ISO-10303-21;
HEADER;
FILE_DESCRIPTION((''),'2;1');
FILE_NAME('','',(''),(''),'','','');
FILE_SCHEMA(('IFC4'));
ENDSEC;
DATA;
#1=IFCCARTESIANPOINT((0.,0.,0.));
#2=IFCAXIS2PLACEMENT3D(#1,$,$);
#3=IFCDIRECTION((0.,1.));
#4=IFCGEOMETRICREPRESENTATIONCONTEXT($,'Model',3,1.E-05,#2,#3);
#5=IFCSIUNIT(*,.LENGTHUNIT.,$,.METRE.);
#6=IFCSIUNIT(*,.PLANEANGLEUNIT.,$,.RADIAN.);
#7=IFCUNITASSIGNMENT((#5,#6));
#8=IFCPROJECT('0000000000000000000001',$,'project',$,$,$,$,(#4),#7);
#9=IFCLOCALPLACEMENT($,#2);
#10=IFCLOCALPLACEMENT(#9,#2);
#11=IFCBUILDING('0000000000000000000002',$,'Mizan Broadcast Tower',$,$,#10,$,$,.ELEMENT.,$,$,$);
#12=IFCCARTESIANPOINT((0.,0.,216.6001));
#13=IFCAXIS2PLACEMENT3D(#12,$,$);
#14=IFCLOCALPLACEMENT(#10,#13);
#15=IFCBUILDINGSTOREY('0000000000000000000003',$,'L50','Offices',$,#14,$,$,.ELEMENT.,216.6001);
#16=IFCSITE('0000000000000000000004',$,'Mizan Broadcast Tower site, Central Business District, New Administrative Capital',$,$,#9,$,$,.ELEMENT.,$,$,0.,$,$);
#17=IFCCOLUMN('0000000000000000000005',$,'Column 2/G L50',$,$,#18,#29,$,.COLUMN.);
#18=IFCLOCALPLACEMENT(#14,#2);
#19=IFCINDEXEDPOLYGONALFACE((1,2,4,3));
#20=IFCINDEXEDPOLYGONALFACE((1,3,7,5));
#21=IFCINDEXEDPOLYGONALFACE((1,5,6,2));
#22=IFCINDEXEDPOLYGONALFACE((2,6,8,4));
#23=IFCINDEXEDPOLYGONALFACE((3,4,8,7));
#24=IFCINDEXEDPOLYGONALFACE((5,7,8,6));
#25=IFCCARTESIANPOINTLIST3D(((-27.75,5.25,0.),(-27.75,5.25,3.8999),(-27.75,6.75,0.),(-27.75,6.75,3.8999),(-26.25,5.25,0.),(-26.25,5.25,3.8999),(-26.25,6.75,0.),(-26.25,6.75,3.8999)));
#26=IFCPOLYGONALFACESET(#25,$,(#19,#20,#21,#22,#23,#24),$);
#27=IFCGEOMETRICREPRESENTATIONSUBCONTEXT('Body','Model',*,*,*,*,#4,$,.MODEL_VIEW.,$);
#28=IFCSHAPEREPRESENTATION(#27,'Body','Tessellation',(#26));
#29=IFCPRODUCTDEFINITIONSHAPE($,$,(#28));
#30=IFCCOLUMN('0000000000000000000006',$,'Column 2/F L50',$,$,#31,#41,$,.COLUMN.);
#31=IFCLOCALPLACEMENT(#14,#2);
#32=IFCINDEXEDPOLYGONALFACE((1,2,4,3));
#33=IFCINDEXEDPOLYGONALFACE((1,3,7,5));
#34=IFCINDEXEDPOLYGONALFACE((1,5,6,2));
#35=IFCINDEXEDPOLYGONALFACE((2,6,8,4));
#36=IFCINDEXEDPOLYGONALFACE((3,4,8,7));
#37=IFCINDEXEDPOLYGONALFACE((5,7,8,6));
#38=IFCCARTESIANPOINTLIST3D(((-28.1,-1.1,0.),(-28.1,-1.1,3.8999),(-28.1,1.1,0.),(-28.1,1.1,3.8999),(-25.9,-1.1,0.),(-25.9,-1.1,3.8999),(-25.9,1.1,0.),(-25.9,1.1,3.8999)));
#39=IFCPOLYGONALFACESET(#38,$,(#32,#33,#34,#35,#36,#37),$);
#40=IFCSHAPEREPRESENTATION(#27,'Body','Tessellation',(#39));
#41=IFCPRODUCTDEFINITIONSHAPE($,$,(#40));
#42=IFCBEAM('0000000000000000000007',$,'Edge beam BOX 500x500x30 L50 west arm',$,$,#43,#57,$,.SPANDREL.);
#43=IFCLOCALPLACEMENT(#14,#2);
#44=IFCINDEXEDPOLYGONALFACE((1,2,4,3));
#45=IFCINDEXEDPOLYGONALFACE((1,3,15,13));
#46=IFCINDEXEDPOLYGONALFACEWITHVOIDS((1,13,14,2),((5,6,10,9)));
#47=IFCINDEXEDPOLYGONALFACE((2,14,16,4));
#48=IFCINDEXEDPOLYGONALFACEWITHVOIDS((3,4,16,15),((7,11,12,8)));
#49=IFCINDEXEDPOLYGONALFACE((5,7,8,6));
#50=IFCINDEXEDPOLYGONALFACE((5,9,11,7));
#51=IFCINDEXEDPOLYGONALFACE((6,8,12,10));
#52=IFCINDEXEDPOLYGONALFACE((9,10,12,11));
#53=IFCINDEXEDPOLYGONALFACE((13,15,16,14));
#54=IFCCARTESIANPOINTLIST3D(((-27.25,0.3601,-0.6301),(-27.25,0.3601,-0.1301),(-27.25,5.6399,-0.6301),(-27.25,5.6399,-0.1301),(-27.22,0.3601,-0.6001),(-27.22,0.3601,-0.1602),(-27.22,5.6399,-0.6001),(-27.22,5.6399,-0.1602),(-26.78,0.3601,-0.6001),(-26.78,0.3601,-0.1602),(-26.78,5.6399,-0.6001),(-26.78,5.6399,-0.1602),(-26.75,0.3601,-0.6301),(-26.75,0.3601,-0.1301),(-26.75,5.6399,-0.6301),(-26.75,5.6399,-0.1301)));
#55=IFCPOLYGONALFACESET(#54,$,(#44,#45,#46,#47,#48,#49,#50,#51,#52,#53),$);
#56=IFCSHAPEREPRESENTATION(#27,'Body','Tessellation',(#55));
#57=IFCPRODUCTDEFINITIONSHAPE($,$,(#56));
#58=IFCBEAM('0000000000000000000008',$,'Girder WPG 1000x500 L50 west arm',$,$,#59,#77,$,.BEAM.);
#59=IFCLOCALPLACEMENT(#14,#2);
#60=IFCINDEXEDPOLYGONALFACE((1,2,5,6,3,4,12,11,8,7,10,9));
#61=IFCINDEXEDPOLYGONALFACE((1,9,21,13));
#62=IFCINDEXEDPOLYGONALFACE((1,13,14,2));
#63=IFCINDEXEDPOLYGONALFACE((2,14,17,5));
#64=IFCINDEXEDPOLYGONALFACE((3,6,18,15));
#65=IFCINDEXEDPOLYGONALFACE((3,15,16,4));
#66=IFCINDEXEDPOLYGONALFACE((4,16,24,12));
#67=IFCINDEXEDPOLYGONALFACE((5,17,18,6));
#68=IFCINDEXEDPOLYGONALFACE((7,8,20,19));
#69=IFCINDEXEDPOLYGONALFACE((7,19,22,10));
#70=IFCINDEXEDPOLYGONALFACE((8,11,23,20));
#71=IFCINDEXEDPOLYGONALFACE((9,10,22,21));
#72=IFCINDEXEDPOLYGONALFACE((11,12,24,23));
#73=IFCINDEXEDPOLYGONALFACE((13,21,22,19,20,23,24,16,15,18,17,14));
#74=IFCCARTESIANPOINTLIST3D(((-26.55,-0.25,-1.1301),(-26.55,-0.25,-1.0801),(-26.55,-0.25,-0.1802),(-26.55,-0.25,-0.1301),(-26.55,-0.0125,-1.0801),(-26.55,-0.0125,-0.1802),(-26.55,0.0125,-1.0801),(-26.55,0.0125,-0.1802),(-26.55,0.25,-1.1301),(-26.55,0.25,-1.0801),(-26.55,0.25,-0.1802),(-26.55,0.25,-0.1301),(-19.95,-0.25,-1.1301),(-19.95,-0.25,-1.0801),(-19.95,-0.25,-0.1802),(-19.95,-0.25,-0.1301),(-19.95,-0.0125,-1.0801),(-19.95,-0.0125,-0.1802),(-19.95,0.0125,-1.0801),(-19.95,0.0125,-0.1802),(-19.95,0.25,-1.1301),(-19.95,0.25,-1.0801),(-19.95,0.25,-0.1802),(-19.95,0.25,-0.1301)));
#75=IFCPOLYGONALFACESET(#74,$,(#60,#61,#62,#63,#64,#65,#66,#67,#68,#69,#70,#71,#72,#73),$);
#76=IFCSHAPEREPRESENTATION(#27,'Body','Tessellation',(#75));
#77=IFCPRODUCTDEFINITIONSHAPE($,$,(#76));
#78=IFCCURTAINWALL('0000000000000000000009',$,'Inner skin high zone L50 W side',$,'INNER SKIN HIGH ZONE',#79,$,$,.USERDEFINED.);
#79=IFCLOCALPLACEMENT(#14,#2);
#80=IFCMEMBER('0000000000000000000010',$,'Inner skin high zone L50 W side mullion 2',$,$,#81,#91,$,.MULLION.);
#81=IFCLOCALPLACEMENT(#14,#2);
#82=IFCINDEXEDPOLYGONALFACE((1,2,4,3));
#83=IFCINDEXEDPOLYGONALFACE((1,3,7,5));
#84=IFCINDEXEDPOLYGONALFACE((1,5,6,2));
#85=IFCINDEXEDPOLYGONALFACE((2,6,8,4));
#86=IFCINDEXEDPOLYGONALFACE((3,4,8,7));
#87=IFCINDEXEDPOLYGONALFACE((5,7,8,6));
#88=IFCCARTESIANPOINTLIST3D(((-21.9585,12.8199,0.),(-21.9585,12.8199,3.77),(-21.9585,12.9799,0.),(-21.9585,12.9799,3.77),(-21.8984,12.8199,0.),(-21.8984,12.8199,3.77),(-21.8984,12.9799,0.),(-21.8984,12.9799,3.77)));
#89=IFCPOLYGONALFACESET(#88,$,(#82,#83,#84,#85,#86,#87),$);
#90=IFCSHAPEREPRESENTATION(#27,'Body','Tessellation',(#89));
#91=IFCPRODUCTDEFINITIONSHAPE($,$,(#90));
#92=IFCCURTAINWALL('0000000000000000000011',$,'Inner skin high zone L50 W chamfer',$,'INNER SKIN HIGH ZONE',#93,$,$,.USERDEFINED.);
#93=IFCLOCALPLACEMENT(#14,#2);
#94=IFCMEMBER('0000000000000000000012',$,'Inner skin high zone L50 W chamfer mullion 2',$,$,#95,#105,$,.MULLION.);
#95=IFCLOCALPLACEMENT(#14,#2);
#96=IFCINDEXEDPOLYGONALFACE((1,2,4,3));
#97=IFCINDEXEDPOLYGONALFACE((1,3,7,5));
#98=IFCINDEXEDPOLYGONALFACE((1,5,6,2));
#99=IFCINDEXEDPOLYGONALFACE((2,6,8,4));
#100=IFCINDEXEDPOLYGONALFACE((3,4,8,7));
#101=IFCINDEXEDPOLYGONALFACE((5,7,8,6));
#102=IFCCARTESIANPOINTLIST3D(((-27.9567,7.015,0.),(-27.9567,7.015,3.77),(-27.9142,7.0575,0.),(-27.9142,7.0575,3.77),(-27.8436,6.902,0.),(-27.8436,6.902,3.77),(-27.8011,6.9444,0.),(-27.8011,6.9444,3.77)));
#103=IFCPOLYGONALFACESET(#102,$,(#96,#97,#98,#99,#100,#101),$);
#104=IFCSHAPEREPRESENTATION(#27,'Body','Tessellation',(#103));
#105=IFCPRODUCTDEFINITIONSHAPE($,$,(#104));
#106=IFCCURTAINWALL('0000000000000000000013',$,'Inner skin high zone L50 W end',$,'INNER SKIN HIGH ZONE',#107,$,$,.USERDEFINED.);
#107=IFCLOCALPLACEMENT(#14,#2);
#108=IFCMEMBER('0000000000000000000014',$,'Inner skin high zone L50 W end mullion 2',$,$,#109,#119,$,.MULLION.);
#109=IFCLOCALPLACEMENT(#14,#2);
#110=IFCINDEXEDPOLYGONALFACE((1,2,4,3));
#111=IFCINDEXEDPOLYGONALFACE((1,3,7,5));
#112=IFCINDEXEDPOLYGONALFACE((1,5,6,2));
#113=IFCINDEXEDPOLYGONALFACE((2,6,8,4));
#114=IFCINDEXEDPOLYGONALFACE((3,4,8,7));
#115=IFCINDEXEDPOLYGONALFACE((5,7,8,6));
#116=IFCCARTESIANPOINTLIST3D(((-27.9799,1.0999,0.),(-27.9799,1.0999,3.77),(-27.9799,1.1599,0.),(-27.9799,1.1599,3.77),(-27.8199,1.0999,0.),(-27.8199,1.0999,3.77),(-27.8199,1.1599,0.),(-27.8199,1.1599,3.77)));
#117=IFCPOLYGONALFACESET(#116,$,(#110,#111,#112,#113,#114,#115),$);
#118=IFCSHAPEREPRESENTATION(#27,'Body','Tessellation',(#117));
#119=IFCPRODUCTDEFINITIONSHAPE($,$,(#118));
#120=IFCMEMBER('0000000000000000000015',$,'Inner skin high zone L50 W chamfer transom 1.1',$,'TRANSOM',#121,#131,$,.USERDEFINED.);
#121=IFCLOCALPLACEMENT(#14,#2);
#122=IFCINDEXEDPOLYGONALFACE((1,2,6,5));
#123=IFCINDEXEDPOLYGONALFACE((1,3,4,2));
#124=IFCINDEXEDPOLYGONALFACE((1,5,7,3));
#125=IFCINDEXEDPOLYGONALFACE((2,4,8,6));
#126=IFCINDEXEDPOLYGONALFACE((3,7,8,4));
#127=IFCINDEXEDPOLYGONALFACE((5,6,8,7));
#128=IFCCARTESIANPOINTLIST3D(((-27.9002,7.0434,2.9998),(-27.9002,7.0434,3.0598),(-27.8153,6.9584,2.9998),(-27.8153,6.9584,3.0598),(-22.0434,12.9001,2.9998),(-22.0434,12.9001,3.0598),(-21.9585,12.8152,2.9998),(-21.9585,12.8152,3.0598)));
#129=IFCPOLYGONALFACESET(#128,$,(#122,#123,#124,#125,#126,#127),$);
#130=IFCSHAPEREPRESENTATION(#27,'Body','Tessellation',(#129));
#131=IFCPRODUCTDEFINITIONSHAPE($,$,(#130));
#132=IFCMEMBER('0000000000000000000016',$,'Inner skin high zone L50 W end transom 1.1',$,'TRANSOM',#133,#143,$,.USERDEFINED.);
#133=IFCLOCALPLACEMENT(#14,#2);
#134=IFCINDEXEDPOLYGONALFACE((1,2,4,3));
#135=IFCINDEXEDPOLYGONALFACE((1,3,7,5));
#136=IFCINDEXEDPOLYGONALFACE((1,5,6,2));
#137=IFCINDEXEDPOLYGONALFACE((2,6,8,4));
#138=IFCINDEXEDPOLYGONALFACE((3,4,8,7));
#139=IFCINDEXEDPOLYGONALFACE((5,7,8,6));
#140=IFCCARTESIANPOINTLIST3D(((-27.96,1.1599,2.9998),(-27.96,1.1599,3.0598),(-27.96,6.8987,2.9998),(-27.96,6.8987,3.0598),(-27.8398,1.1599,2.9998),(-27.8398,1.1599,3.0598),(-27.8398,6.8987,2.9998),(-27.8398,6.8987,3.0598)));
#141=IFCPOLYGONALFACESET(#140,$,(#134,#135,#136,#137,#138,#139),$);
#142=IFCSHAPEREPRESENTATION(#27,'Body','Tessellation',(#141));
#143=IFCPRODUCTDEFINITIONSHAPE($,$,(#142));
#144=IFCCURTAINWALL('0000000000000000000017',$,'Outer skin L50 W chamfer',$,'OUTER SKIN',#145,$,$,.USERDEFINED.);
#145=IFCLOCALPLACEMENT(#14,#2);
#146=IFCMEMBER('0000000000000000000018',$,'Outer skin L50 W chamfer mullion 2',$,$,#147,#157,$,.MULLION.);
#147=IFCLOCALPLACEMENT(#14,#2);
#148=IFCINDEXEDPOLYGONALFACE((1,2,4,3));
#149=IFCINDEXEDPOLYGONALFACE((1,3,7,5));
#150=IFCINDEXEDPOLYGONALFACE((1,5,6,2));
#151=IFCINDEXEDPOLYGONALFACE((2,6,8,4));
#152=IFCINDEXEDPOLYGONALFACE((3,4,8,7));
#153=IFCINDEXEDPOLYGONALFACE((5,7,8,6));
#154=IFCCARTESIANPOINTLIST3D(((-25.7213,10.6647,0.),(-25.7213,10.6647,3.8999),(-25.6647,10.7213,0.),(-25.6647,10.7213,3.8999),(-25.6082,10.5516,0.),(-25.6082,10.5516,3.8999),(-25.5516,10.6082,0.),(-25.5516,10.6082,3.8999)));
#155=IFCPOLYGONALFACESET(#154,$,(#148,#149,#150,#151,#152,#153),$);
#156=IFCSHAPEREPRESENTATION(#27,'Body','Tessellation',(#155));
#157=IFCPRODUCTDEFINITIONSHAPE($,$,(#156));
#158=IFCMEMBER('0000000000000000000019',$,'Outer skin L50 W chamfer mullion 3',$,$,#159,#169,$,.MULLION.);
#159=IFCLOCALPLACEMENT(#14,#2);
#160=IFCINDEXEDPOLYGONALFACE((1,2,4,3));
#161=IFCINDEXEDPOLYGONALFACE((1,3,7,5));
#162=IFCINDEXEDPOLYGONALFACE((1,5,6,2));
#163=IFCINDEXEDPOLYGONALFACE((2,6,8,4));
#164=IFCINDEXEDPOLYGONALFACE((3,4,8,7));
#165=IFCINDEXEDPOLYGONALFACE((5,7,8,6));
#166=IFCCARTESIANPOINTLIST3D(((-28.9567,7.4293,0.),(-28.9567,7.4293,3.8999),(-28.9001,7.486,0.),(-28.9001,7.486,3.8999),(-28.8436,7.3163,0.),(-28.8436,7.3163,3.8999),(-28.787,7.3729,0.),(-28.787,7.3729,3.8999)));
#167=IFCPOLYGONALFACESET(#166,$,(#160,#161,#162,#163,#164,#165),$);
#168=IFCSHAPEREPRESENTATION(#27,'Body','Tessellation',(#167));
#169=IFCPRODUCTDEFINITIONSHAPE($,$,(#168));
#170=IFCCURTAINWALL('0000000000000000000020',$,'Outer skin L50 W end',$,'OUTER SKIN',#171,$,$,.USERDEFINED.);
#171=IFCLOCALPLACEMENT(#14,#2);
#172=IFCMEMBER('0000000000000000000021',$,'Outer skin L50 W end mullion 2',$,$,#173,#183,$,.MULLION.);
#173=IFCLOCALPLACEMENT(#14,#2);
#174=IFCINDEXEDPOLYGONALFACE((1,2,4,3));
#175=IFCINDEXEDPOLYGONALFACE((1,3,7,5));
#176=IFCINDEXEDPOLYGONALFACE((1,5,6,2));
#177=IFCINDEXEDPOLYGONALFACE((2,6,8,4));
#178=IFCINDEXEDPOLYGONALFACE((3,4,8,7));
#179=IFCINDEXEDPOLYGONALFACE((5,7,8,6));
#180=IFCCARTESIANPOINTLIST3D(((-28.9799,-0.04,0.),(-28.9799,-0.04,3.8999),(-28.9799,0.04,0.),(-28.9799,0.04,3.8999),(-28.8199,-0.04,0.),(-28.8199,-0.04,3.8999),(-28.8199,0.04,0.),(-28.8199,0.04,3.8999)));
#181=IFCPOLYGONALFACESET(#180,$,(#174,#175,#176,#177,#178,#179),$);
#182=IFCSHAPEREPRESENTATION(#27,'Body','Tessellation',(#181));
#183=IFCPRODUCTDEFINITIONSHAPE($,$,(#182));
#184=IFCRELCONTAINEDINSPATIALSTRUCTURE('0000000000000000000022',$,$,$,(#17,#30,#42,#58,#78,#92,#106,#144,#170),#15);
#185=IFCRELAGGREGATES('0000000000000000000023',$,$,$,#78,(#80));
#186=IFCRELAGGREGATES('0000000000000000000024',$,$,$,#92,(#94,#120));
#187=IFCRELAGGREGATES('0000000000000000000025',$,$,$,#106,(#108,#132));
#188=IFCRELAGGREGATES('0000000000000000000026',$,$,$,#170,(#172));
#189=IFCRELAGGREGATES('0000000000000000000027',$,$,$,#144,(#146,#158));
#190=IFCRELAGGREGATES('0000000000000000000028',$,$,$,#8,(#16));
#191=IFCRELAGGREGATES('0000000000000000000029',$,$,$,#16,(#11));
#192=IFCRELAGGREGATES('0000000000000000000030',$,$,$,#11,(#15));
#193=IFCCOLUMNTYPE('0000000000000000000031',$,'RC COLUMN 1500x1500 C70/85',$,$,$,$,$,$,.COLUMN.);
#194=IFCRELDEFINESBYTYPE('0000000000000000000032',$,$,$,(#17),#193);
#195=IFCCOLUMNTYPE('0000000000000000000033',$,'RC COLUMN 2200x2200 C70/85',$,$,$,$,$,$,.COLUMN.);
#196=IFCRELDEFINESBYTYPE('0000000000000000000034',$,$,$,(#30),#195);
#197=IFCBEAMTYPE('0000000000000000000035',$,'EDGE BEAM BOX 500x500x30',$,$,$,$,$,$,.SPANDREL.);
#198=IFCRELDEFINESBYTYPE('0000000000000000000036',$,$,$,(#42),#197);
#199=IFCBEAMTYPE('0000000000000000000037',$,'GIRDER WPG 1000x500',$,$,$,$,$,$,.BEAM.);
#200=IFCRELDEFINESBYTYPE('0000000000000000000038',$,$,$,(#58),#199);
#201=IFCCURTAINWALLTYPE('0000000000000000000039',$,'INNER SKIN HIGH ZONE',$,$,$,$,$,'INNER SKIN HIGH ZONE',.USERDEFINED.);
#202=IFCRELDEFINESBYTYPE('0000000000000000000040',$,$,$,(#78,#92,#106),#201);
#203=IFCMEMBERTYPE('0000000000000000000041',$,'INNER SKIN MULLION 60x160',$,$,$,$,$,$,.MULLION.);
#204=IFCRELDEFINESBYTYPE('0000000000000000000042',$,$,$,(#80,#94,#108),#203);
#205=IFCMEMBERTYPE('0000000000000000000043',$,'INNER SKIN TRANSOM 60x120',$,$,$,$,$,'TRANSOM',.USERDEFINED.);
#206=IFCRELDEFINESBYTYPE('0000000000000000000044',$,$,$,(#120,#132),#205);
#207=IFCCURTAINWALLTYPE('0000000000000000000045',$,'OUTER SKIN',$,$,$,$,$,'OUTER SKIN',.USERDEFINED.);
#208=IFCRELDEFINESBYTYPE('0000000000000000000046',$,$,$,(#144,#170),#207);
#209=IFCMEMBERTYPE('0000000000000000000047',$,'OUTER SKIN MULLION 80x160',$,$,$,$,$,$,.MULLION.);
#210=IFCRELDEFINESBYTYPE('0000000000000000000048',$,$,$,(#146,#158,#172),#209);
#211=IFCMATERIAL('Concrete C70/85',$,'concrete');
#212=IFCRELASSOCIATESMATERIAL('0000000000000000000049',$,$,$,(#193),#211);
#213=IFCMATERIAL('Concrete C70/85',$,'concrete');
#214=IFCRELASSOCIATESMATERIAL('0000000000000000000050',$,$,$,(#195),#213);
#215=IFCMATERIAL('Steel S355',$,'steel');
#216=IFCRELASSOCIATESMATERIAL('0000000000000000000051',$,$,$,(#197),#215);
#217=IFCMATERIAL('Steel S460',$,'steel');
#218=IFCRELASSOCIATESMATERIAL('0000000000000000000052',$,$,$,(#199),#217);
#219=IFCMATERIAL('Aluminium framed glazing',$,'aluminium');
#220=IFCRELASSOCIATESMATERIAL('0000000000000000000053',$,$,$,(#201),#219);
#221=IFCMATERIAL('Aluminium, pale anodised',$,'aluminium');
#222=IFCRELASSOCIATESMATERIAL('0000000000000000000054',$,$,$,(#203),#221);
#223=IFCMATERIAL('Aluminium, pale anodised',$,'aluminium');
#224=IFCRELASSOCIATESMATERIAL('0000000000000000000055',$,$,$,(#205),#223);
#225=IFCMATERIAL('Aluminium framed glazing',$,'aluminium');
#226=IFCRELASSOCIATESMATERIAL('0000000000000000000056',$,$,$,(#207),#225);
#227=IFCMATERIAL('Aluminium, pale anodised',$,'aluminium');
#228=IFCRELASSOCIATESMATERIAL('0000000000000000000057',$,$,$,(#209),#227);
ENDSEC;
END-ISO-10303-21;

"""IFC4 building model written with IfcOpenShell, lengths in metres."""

from ifc_helpers import new_model, si_unit, direction, frame, origin, origin_2d, place, context, subcontext, project, spatial, rectangle, hollow_rectangle, i_section, extrude, material, material_profile, profile_set, type_object, element, aggregate, save


model = new_model("IFC4")

# Units and contexts
model_context = context("Model", 3, precision=1e-05, world=origin(), true_north=direction((0.0, 1.0)))
body_context = subcontext(model_context, "Body", "Model", "MODEL_VIEW")
ifc_project = project(units=[si_unit("LENGTHUNIT", "METRE"), si_unit("PLANEANGLEUNIT", "RADIAN")], contexts=[model_context])

# Site, building, storey
site_placement = place(None, origin())
site = spatial("IfcSite", under=ifc_project, at=site_placement, Name="Mizan Broadcast Tower site, Central Business District, New Administrative Capital", CompositionType="ELEMENT", RefElevation=0.0)
building_placement = place(site_placement, origin())
building = spatial("IfcBuilding", under=site, at=building_placement, Name="Mizan Broadcast Tower", CompositionType="ELEMENT")
storey_placement = place(building_placement, frame((0.0, 0.0, 216.6001)))
storey = spatial("IfcBuildingStorey", under=building, at=storey_placement, Name="L50", Description="Offices", CompositionType="ELEMENT", Elevation=216.6001)

# Columns
ifc_material_1 = material(Name="Concrete C70/85", Category="concrete")
ifc_material_profile_1 = material_profile(ifc_material_1, rectangle(XDim=1.5, YDim=1.5, at=origin_2d()), Name="RC 1500x1500")
ifc_profile_set_1 = profile_set([ifc_material_profile_1], Name="Concrete C70/85")
column_type_1 = type_object("IfcColumnType", Name="RC COLUMN 1500x1500 C70/85", PredefinedType="COLUMN", material=ifc_profile_set_1)
column_1_placement = place(storey_placement, frame((-27.0, 6.0, 0.0), z_axis=(0.0, 0.0, 1.0), x_axis=(1.0, 0.0, 0.0)))
element("IfcColumn", 1, at=column_1_placement, inside=storey, type_object=column_type_1, Name="Column 2/G L50", PredefinedType="COLUMN", context=body_context, shape_type="SweptSolid", body=[
    extrude(rectangle(XDim=1.5, YDim=1.5, at=origin_2d()), origin(), (0.0, 0.0, 1.0), 3.8999),
])
ifc_material_2 = material(Name="Concrete C70/85", Category="concrete")
ifc_material_profile_2 = material_profile(ifc_material_2, rectangle(XDim=2.2, YDim=2.2, at=origin_2d()), Name="RC 2200x2200")
ifc_profile_set_2 = profile_set([ifc_material_profile_2], Name="Concrete C70/85")
column_type_2 = type_object("IfcColumnType", Name="RC COLUMN 2200x2200 C70/85", PredefinedType="COLUMN", material=ifc_profile_set_2)
column_2_placement = place(storey_placement, frame((-27.0, 0.0, 0.0), z_axis=(0.0, 0.0, 1.0), x_axis=(1.0, 0.0, 0.0)))
element("IfcColumn", 2, at=column_2_placement, inside=storey, type_object=column_type_2, Name="Column 2/F L50", PredefinedType="COLUMN", context=body_context, shape_type="SweptSolid", body=[
    extrude(rectangle(XDim=2.2, YDim=2.2, at=origin_2d()), origin(), (0.0, 0.0, 1.0), 3.8999),
])

# Beams
ifc_material_3 = material(Name="Steel S355", Category="steel")
ifc_material_profile_3 = material_profile(ifc_material_3, hollow_rectangle(XDim=0.5, YDim=0.5, WallThickness=0.03, at=origin_2d()), Name="BOX 500x500x30")
ifc_profile_set_3 = profile_set([ifc_material_profile_3], Name="Steel S355")
beam_type_1 = type_object("IfcBeamType", Name="EDGE BEAM BOX 500x500x30", PredefinedType="SPANDREL", material=ifc_profile_set_3)
beam_1_placement = place(storey_placement, frame((-27.0, 5.6399, -0.3801), z_axis=(0.0, -1.0, 0.0), x_axis=(1.0, 0.0, 0.0)))
element("IfcBeam", 3, at=beam_1_placement, inside=storey, type_object=beam_type_1, Name="Edge beam BOX 500x500x30 L50 west arm", PredefinedType="SPANDREL", context=body_context, shape_type="SweptSolid", body=[
    extrude(hollow_rectangle(XDim=0.5, YDim=0.5, WallThickness=0.03, at=origin_2d()), origin(), (0.0, 0.0, 1.0), 5.2798),
])
ifc_material_4 = material(Name="Steel S460", Category="steel")
ifc_material_profile_4 = material_profile(ifc_material_4, i_section(OverallWidth=0.5, OverallDepth=1.0, WebThickness=0.0249, FlangeThickness=0.05, at=origin_2d()), Name="WPG 1000x500")
ifc_profile_set_4 = profile_set([ifc_material_profile_4], Name="Steel S460")
beam_type_2 = type_object("IfcBeamType", Name="GIRDER WPG 1000x500", PredefinedType="BEAM", material=ifc_profile_set_4)
beam_2_placement = place(storey_placement, frame((-19.95, 0.0, -0.6301), z_axis=(-1.0, 0.0, 0.0), x_axis=(0.0, -1.0, 0.0)))
element("IfcBeam", 4, at=beam_2_placement, inside=storey, type_object=beam_type_2, Name="Girder WPG 1000x500 L50 west arm", PredefinedType="BEAM", context=body_context, shape_type="SweptSolid", body=[
    extrude(i_section(OverallWidth=0.5, OverallDepth=1.0, WebThickness=0.0249, FlangeThickness=0.05, at=origin_2d()), origin(), (0.0, 0.0, 1.0), 6.6001),
])

# Curtain walls, members
ifc_material_5 = material(Name="Aluminium framed glazing", Category="aluminium")
curtain_wall_type_1 = type_object("IfcCurtainWallType", Name="INNER SKIN HIGH ZONE", ElementType="INNER SKIN HIGH ZONE", PredefinedType="USERDEFINED", material=ifc_material_5)
curtain_wall_1_placement = place(storey_placement, origin())
curtain_wall_1 = element("IfcCurtainWall", 5, at=curtain_wall_1_placement, inside=storey, type_object=curtain_wall_type_1, Name="Inner skin high zone L50 W side", ObjectType="INNER SKIN HIGH ZONE", PredefinedType="USERDEFINED")
ifc_material_6 = material(Name="Aluminium, pale anodised", Category="aluminium")
ifc_material_profile_5 = material_profile(ifc_material_6, rectangle(XDim=0.1599, YDim=0.0601, at=origin_2d()), Name="MULLION 160x60")
ifc_profile_set_5 = profile_set([ifc_material_profile_5], Name="Aluminium, pale anodised")
member_type_1 = type_object("IfcMemberType", Name="INNER SKIN MULLION 60x160", PredefinedType="MULLION", material=ifc_profile_set_5)
member_1_placement = place(storey_placement, frame((-21.9285, 12.8999, 0.0), z_axis=(0.0, 0.0, 1.0), x_axis=(0.0, -1.0, 0.0)))
member_1 = element("IfcMember", 6, at=member_1_placement, type_object=member_type_1, Name="Inner skin high zone L50 W side mullion 2", PredefinedType="MULLION", context=body_context, shape_type="SweptSolid", body=[
    extrude(rectangle(XDim=0.1599, YDim=0.0601, at=origin_2d()), origin(), (0.0, 0.0, 1.0), 3.77),
])
aggregate(curtain_wall_1, [member_1])
curtain_wall_2_placement = place(storey_placement, origin())
curtain_wall_2 = element("IfcCurtainWall", 7, at=curtain_wall_2_placement, inside=storey, type_object=curtain_wall_type_1, Name="Inner skin high zone L50 W chamfer", ObjectType="INNER SKIN HIGH ZONE", PredefinedType="USERDEFINED")
member_2_placement = place(storey_placement, frame((-27.8789, 6.9797, 0.0), z_axis=(0.0, 0.0, 1.0), x_axis=(0.707107, -0.707107, 0.0)))
member_2 = element("IfcMember", 8, at=member_2_placement, type_object=member_type_1, Name="Inner skin high zone L50 W chamfer mullion 2", PredefinedType="MULLION", context=body_context, shape_type="SweptSolid", body=[
    extrude(rectangle(XDim=0.1599, YDim=0.0601, at=origin_2d()), origin(), (0.0, 0.0, 1.0), 3.77),
])
curtain_wall_3_placement = place(storey_placement, origin())
curtain_wall_3 = element("IfcCurtainWall", 9, at=curtain_wall_3_placement, inside=storey, type_object=curtain_wall_type_1, Name="Inner skin high zone L50 W end", ObjectType="INNER SKIN HIGH ZONE", PredefinedType="USERDEFINED")
member_3_placement = place(storey_placement, frame((-27.8999, 1.1299, 0.0), z_axis=(0.0, 0.0, 1.0), x_axis=(1.0, 0.0, 0.0)))
member_3 = element("IfcMember", 10, at=member_3_placement, type_object=member_type_1, Name="Inner skin high zone L50 W end mullion 2", PredefinedType="MULLION", context=body_context, shape_type="SweptSolid", body=[
    extrude(rectangle(XDim=0.1599, YDim=0.0601, at=origin_2d()), origin(), (0.0, 0.0, 1.0), 3.77),
])

# Members
ifc_material_7 = material(Name="Aluminium, pale anodised", Category="aluminium")
ifc_material_profile_6 = material_profile(ifc_material_7, rectangle(XDim=0.1201, YDim=0.0601, at=origin_2d()), Name="TRANSOM 120x60")
ifc_profile_set_6 = profile_set([ifc_material_profile_6], Name="Aluminium, pale anodised")
member_type_2 = type_object("IfcMemberType", Name="INNER SKIN TRANSOM 60x120", ElementType="TRANSOM", PredefinedType="USERDEFINED", material=ifc_profile_set_6)
member_4_placement = place(storey_placement, frame((-22.001, 12.8577, 3.0298), z_axis=(-0.707107, -0.707107, 0.0), x_axis=(0.707107, -0.707107, 0.0)))
member_4 = element("IfcMember", 11, at=member_4_placement, type_object=member_type_2, Name="Inner skin high zone L50 W chamfer transom 1.1", ObjectType="TRANSOM", PredefinedType="USERDEFINED", context=body_context, shape_type="SweptSolid", body=[
    extrude(rectangle(XDim=0.1201, YDim=0.0601, at=origin_2d()), origin(), (0.0, 0.0, 1.0), 8.2827),
])
member_5_placement = place(storey_placement, frame((-27.8999, 6.8987, 3.0298), z_axis=(0.0, -1.0, 0.0), x_axis=(1.0, 0.0, 0.0)))
member_5 = element("IfcMember", 12, at=member_5_placement, type_object=member_type_2, Name="Inner skin high zone L50 W end transom 1.1", ObjectType="TRANSOM", PredefinedType="USERDEFINED", context=body_context, shape_type="SweptSolid", body=[
    extrude(rectangle(XDim=0.1201, YDim=0.0601, at=origin_2d()), origin(), (0.0, 0.0, 1.0), 5.7388),
])

# Curtain wall, members
ifc_material_8 = material(Name="Aluminium framed glazing", Category="aluminium")
curtain_wall_type_2 = type_object("IfcCurtainWallType", Name="OUTER SKIN", ElementType="OUTER SKIN", PredefinedType="USERDEFINED", material=ifc_material_8)
curtain_wall_4_placement = place(storey_placement, origin())
curtain_wall_4 = element("IfcCurtainWall", 13, at=curtain_wall_4_placement, inside=storey, type_object=curtain_wall_type_2, Name="Outer skin L50 W chamfer", ObjectType="OUTER SKIN", PredefinedType="USERDEFINED")
ifc_material_9 = material(Name="Aluminium, pale anodised", Category="aluminium")
ifc_material_profile_7 = material_profile(ifc_material_9, rectangle(XDim=0.1599, YDim=0.0801, at=origin_2d()), Name="MULLION 160x80")
ifc_profile_set_7 = profile_set([ifc_material_profile_7], Name="Aluminium, pale anodised")
member_type_3 = type_object("IfcMemberType", Name="OUTER SKIN MULLION 80x160", PredefinedType="MULLION", material=ifc_profile_set_7)
member_6_placement = place(storey_placement, frame((-25.6365, 10.6365, 0.0), z_axis=(0.0, 0.0, 1.0), x_axis=(0.707107, -0.707107, 0.0)))
member_6 = element("IfcMember", 14, at=member_6_placement, type_object=member_type_3, Name="Outer skin L50 W chamfer mullion 2", PredefinedType="MULLION", context=body_context, shape_type="SweptSolid", body=[
    extrude(rectangle(XDim=0.1599, YDim=0.0801, at=origin_2d()), origin(), (0.0, 0.0, 1.0), 3.8999),
])
member_7_placement = place(storey_placement, frame((-28.8718, 7.4011, 0.0), z_axis=(0.0, 0.0, 1.0), x_axis=(0.707107, -0.707107, 0.0)))
member_7 = element("IfcMember", 15, at=member_7_placement, type_object=member_type_3, Name="Outer skin L50 W chamfer mullion 3", PredefinedType="MULLION", context=body_context, shape_type="SweptSolid", body=[
    extrude(rectangle(XDim=0.1599, YDim=0.0801, at=origin_2d()), origin(), (0.0, 0.0, 1.0), 3.8999),
])

# Curtain wall, member
curtain_wall_5_placement = place(storey_placement, origin())
curtain_wall_5 = element("IfcCurtainWall", 16, at=curtain_wall_5_placement, inside=storey, type_object=curtain_wall_type_2, Name="Outer skin L50 W end", ObjectType="OUTER SKIN", PredefinedType="USERDEFINED")
member_8_placement = place(storey_placement, frame((-28.8999, 0.0, 0.0), z_axis=(0.0, 0.0, 1.0), x_axis=(1.0, 0.0, 0.0)))
member_8 = element("IfcMember", 17, at=member_8_placement, type_object=member_type_3, Name="Outer skin L50 W end mullion 2", PredefinedType="MULLION", context=body_context, shape_type="SweptSolid", body=[
    extrude(rectangle(XDim=0.1599, YDim=0.0801, at=origin_2d()), origin(), (0.0, 0.0, 1.0), 3.8999),
])

aggregate(curtain_wall_2, [member_2, member_4])
aggregate(curtain_wall_3, [member_3, member_5])
aggregate(curtain_wall_5, [member_8])
aggregate(curtain_wall_4, [member_6, member_7])

save(model, "model.ifc")
